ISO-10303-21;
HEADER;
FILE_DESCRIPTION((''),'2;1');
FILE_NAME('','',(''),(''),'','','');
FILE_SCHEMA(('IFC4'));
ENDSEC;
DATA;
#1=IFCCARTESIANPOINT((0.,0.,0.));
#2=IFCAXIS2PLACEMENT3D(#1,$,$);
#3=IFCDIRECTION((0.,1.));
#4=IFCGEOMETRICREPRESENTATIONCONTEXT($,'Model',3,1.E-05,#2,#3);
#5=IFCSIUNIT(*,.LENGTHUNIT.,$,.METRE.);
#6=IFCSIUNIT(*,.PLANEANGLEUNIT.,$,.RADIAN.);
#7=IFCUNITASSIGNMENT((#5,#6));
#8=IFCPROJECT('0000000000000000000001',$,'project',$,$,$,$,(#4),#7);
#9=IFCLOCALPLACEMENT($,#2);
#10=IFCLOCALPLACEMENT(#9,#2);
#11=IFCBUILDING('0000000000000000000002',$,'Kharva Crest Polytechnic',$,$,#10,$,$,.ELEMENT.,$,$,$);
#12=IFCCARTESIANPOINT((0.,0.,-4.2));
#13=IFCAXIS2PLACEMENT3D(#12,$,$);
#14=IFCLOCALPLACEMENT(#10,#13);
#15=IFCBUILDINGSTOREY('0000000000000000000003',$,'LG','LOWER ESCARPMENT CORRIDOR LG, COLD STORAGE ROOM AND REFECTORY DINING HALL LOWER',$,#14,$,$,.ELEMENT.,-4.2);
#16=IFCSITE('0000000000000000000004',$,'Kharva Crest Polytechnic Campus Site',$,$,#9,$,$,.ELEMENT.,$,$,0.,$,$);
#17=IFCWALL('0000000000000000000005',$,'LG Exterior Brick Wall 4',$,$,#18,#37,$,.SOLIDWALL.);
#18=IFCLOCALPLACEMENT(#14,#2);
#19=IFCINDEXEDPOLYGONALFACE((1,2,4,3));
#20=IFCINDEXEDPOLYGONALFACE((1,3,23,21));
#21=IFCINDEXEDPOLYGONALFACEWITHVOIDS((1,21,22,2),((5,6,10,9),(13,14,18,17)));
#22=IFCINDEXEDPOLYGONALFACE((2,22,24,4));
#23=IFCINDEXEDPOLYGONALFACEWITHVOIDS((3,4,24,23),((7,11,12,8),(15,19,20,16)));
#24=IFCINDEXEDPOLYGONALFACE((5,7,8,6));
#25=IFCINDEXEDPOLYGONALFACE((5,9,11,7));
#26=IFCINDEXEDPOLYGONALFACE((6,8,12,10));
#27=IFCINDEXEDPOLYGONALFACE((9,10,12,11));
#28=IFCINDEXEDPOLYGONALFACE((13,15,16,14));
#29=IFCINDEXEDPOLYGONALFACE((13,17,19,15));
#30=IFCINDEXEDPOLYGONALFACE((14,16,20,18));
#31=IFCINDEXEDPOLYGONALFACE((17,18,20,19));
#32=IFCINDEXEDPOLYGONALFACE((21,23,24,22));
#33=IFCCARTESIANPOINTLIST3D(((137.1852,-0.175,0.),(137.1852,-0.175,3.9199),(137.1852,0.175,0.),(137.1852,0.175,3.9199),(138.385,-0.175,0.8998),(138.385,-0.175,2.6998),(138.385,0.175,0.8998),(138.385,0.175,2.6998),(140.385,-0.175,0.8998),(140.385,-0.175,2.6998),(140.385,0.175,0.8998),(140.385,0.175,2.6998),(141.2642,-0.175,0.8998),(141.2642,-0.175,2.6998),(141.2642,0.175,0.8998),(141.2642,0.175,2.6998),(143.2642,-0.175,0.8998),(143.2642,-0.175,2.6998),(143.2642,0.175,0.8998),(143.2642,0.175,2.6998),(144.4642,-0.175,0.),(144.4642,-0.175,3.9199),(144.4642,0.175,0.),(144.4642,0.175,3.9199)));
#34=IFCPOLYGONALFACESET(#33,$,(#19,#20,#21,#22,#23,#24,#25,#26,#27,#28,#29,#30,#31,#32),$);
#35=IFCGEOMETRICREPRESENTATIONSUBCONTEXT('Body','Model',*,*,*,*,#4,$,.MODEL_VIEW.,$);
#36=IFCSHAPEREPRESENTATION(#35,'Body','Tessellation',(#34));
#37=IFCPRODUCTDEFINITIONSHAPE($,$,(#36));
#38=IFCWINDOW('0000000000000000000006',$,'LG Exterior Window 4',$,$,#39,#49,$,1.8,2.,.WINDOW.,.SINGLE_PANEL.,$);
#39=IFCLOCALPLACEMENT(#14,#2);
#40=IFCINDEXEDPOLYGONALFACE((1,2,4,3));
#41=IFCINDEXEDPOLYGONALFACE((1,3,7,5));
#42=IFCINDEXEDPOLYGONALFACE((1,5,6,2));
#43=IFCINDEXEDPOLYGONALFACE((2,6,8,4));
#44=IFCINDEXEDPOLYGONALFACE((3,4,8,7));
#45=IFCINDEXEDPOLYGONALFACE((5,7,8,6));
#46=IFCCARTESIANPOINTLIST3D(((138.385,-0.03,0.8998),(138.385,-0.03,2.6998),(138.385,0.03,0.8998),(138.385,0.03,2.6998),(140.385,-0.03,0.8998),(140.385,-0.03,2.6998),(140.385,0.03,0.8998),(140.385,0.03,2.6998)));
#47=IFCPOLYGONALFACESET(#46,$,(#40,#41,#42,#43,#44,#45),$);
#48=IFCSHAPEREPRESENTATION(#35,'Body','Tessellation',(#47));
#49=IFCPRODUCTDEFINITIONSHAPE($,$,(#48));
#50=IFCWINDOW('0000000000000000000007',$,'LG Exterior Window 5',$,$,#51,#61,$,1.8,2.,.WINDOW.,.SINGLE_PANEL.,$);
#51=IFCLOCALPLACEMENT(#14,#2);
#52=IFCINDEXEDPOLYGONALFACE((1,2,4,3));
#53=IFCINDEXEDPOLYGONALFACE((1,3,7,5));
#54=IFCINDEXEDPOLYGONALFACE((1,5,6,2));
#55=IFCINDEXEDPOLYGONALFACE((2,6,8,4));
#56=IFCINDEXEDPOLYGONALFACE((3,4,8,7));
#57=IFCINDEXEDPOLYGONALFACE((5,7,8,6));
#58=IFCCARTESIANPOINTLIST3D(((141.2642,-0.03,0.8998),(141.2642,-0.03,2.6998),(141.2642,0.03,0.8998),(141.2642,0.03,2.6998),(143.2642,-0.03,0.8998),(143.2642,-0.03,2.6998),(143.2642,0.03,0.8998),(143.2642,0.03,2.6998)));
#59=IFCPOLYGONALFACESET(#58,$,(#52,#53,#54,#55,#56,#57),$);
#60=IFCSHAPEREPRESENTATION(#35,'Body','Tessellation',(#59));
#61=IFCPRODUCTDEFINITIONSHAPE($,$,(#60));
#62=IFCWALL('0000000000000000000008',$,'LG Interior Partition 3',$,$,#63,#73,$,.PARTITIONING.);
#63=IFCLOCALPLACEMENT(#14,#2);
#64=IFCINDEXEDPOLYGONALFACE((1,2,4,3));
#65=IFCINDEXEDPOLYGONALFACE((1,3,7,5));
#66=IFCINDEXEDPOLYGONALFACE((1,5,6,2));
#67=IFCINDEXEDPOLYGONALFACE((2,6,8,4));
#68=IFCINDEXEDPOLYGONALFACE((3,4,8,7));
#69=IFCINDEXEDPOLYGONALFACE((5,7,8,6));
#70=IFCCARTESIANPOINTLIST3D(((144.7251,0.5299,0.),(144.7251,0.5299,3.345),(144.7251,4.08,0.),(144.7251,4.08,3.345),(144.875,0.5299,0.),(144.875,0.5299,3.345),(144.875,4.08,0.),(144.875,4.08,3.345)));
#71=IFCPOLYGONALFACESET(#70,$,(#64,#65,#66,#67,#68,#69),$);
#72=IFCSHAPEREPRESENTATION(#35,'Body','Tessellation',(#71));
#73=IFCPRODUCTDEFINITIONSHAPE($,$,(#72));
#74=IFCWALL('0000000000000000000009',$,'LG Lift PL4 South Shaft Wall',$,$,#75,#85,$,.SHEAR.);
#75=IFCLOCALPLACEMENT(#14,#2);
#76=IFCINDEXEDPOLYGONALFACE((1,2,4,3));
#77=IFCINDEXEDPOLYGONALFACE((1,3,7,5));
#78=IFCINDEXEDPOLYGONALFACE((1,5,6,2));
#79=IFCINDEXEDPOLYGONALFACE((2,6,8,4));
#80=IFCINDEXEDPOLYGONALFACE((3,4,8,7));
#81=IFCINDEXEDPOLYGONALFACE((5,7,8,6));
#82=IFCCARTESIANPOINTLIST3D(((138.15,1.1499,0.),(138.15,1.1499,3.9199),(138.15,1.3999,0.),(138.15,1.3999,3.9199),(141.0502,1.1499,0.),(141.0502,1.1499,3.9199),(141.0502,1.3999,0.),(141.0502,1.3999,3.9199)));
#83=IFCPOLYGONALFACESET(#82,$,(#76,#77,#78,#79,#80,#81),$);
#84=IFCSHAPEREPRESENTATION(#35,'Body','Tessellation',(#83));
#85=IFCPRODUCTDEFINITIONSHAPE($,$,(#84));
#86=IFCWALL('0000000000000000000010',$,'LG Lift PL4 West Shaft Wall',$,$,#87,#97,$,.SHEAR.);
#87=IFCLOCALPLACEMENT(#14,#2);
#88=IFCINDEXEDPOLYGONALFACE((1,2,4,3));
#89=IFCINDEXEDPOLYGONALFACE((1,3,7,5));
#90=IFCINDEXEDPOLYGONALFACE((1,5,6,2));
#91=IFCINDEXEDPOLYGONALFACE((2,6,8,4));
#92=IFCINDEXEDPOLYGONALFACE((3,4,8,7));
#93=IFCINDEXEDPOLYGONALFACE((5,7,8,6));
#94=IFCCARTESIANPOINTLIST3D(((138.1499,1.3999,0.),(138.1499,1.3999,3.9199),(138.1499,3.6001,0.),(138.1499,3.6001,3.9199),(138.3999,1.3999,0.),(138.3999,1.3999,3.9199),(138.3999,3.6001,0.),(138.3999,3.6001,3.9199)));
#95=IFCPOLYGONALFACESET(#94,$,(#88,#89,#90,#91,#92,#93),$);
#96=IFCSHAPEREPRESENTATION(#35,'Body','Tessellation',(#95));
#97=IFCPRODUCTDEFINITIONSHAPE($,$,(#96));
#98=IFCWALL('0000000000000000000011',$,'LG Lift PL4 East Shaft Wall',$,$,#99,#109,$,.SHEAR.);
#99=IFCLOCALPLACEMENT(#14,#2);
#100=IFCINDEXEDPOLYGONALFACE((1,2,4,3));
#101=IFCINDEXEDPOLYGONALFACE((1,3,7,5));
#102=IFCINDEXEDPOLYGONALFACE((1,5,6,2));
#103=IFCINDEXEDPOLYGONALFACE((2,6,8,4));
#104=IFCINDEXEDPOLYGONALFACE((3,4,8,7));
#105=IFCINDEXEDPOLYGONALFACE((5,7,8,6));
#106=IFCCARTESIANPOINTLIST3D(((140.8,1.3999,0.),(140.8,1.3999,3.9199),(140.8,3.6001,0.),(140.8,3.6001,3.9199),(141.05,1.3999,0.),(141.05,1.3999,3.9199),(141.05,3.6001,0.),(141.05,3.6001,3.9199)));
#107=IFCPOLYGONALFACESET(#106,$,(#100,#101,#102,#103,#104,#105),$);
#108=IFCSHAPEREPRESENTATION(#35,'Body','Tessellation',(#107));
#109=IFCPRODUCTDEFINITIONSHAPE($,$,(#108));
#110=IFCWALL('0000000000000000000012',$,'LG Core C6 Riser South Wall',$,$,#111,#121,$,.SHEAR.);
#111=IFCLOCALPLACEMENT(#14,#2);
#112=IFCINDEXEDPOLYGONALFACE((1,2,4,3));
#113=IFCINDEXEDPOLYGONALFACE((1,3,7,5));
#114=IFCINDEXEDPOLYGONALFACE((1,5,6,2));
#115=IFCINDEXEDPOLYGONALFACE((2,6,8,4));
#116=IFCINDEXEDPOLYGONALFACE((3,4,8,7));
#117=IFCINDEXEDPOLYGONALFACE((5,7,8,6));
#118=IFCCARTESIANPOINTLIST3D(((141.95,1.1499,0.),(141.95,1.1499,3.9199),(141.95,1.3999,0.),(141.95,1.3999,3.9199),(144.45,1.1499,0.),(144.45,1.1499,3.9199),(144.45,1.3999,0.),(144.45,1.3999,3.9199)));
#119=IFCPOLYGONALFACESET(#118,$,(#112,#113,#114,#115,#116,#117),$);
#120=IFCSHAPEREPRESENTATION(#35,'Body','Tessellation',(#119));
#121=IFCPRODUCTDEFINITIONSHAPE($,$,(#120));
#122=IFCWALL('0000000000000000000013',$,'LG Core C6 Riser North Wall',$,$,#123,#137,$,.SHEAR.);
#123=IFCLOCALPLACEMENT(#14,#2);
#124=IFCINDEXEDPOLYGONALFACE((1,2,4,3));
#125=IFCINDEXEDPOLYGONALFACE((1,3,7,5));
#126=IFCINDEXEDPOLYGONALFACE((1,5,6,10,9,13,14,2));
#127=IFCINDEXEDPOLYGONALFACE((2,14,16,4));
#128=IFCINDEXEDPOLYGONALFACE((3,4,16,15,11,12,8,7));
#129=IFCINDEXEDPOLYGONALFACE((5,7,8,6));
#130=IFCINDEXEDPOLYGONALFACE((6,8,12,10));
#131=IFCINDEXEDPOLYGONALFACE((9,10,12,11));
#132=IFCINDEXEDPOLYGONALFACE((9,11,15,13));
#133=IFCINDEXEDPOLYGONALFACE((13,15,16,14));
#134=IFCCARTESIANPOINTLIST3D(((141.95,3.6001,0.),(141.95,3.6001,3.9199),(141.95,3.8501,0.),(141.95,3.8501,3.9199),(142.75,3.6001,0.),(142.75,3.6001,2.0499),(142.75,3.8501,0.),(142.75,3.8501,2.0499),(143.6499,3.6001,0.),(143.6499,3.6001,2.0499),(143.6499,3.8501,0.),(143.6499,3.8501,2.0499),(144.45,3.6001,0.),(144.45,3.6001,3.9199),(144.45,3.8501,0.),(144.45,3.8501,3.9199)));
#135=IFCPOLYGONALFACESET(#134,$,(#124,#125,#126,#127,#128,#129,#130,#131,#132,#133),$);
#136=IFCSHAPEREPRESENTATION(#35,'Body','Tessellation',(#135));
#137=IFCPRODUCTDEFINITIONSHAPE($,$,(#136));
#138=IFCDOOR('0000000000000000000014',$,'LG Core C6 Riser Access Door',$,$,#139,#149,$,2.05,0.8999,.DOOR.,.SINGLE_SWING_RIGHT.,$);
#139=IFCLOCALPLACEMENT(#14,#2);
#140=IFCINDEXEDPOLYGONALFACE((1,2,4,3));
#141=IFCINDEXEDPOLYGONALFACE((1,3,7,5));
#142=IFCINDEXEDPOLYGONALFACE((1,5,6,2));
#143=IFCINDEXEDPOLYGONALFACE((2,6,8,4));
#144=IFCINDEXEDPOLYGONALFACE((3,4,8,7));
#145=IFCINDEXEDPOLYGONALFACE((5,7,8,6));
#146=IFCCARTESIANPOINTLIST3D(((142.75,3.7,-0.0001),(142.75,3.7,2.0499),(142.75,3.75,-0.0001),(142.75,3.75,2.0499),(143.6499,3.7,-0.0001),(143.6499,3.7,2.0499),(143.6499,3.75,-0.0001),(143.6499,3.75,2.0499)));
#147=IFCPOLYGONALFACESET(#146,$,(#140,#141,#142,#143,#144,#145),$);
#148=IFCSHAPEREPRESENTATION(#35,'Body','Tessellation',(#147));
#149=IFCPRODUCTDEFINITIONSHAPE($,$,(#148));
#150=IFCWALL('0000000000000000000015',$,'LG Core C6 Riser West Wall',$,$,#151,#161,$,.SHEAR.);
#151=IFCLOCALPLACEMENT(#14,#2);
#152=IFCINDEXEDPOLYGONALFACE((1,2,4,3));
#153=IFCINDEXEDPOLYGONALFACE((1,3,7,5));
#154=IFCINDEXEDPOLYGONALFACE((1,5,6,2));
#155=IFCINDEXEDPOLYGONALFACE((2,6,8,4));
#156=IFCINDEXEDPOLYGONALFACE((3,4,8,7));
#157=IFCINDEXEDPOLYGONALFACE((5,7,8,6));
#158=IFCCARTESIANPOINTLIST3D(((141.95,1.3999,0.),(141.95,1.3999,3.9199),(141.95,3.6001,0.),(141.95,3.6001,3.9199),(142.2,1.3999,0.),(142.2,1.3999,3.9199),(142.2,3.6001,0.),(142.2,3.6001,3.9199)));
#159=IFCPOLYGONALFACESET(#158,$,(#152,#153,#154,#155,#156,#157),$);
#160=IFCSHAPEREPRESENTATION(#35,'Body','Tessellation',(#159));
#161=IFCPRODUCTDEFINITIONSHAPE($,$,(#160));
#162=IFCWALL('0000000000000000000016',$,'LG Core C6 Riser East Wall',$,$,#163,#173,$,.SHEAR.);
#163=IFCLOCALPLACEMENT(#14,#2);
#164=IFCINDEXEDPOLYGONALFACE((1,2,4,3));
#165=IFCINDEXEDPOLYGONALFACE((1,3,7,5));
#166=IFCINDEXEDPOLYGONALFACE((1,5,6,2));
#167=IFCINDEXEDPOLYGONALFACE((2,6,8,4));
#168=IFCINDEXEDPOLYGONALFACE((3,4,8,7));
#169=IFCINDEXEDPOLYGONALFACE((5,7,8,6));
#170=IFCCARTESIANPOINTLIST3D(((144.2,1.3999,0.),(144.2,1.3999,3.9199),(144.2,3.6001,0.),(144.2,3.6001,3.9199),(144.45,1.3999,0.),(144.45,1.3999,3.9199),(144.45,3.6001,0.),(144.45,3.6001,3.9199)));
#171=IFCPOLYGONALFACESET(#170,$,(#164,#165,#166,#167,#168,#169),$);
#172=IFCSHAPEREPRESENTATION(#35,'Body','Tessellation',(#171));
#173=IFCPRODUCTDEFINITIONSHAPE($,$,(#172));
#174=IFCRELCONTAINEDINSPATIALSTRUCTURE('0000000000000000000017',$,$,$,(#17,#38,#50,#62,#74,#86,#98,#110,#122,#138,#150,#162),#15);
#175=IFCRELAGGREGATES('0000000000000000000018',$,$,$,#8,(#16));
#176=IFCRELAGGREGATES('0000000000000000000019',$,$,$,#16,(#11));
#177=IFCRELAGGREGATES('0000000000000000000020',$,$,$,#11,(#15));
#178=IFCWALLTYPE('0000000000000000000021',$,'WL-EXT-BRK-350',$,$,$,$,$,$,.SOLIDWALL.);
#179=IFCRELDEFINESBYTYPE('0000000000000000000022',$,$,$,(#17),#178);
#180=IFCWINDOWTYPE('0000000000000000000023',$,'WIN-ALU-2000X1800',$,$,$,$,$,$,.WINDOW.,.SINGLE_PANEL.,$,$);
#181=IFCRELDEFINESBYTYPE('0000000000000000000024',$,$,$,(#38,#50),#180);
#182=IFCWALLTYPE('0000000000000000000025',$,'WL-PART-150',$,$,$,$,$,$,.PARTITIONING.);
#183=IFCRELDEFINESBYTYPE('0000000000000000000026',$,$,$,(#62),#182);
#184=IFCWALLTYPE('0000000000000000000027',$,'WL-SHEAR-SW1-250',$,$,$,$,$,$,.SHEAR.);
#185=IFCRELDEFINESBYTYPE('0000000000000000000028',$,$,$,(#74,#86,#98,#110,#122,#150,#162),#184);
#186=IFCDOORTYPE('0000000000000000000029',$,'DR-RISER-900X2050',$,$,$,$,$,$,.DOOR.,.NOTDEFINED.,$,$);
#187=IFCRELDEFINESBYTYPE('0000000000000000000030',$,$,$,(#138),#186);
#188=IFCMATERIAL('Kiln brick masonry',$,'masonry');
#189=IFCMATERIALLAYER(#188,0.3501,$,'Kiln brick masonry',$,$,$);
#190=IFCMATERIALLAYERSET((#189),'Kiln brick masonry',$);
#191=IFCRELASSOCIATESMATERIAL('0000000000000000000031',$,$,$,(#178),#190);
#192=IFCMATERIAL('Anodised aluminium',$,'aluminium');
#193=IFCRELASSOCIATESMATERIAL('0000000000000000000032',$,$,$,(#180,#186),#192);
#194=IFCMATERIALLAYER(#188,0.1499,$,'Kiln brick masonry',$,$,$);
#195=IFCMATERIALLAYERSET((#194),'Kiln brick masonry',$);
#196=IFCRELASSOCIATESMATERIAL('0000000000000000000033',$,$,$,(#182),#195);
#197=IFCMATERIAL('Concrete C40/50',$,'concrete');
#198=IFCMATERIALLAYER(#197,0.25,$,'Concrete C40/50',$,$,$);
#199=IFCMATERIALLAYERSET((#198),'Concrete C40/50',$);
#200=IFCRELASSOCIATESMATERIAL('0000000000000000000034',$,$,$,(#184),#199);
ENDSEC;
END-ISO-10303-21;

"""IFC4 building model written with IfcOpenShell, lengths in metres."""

from ifc_helpers import new_model, si_unit, direction, frame, frame_2d, origin, place, context, subcontext, project, spatial, rectangle, extrude, material, layer, layer_set, type_object, element, fill, save


model = new_model("IFC4")

# Units and contexts
model_context = context("Model", 3, precision=1e-05, world=origin(), true_north=direction((0.0, 1.0)))
body_context = subcontext(model_context, "Body", "Model", "MODEL_VIEW")
ifc_project = project(units=[si_unit("LENGTHUNIT", "METRE"), si_unit("PLANEANGLEUNIT", "RADIAN")], contexts=[model_context])

# Site, building, storey
site_placement = place(None, origin())
site = spatial("IfcSite", under=ifc_project, at=site_placement, Name="Kharva Crest Polytechnic Campus Site", CompositionType="ELEMENT", RefElevation=0.0)
building_placement = place(site_placement, origin())
building = spatial("IfcBuilding", under=site, at=building_placement, Name="Kharva Crest Polytechnic", CompositionType="ELEMENT")
storey_placement = place(building_placement, frame((0.0, 0.0, -4.2)))
storey = spatial("IfcBuildingStorey", under=building, at=storey_placement, Name="LG", Description="LOWER ESCARPMENT CORRIDOR LG, COLD STORAGE ROOM AND REFECTORY DINING HALL LOWER", CompositionType="ELEMENT", Elevation=-4.2)

# Shared definitions
ifc_material_1 = material(Name="Concrete C40/50", Category="concrete")

# Wall, openings, windows
ifc_material_2 = material(Name="Kiln brick masonry", Category="masonry")
ifc_layer_1 = layer(ifc_material_2, 0.3501, Name="Kiln brick masonry")
ifc_layer_set_1 = layer_set([ifc_layer_1], Name="Kiln brick masonry")
wall_type_1 = type_object("IfcWallType", Name="WL-EXT-BRK-350", PredefinedType="SOLIDWALL", material=ifc_layer_set_1)
wall_1_placement = place(storey_placement, frame((137.1851, 0.0, 0.0), z_axis=(0.0, 0.0, 1.0), x_axis=(1.0, 0.0, 0.0)))
wall_1 = element("IfcWall", 1, at=wall_1_placement, inside=storey, type_object=wall_type_1, Name="LG Exterior Brick Wall 4", PredefinedType="SOLIDWALL", context=body_context, shape_type="SweptSolid", body=[
    extrude(rectangle(XDim=7.2791, YDim=0.3501, at=frame_2d((3.6396, 0.0))), origin(), (0.0, 0.0, 1.0), 3.9199),
])
opening_1_placement = place(wall_1_placement, frame((1.2, 0.0, 0.8999)))
opening_1 = element("IfcOpeningElement", 2, at=opening_1_placement, cuts=wall_1, PredefinedType="OPENING", context=body_context, shape_type="SweptSolid", body=[
    extrude(rectangle(XDim=2.0, YDim=1.8, at=frame_2d((1.0, 0.8999))), frame((0.0, 0.1851, 0.0), z_axis=(0.0, -1.0, 0.0), x_axis=(1.0, 0.0, 0.0)), (0.0, 0.0, 1.0), 0.3701),
])
opening_2_placement = place(wall_1_placement, frame((4.0791, 0.0, 0.8999)))
opening_2 = element("IfcOpeningElement", 3, at=opening_2_placement, cuts=wall_1, PredefinedType="OPENING", context=body_context, shape_type="SweptSolid", body=[
    extrude(rectangle(XDim=2.0, YDim=1.8, at=frame_2d((1.0, 0.8999))), frame((0.0, 0.1851, 0.0), z_axis=(0.0, -1.0, 0.0), x_axis=(1.0, 0.0, 0.0)), (0.0, 0.0, 1.0), 0.3701),
])
ifc_material_3 = material(Name="Anodised aluminium", Category="aluminium")
window_type = type_object("IfcWindowType", Name="WIN-ALU-2000X1800", PartitioningType="SINGLE_PANEL", PredefinedType="WINDOW", material=ifc_material_3)
window_1_placement = place(opening_1_placement, origin())
window_1 = element("IfcWindow", 4, at=window_1_placement, inside=storey, type_object=window_type, Name="LG Exterior Window 4", OverallHeight=1.8, OverallWidth=2.0, PartitioningType="SINGLE_PANEL", PredefinedType="WINDOW", context=body_context, shape_type="SweptSolid", body=[
    extrude(rectangle(XDim=2.0, YDim=1.8, at=frame_2d((1.0, 0.8999))), frame((0.0, 0.03, 0.0), z_axis=(0.0, -1.0, 0.0), x_axis=(1.0, 0.0, 0.0)), (0.0, 0.0, 1.0), 0.0601),
])
fill(opening_1, window_1)
window_2_placement = place(opening_2_placement, origin())
window_2 = element("IfcWindow", 5, at=window_2_placement, inside=storey, type_object=window_type, Name="LG Exterior Window 5", OverallHeight=1.8, OverallWidth=2.0, PartitioningType="SINGLE_PANEL", PredefinedType="WINDOW", context=body_context, shape_type="SweptSolid", body=[
    extrude(rectangle(XDim=2.0, YDim=1.8, at=frame_2d((1.0, 0.8999))), frame((0.0, 0.03, 0.0), z_axis=(0.0, -1.0, 0.0), x_axis=(1.0, 0.0, 0.0)), (0.0, 0.0, 1.0), 0.0601),
])
fill(opening_2, window_2)

# Walls
ifc_layer_2 = layer(ifc_material_2, 0.1499, Name="Kiln brick masonry")
ifc_layer_set_2 = layer_set([ifc_layer_2], Name="Kiln brick masonry")
wall_type_2 = type_object("IfcWallType", Name="WL-PART-150", PredefinedType="PARTITIONING", material=ifc_layer_set_2)
wall_2_placement = place(storey_placement, frame((144.8, 0.53, 0.0), z_axis=(0.0, 0.0, 1.0), x_axis=(0.0, 1.0, 0.0)))
element("IfcWall", 6, at=wall_2_placement, inside=storey, type_object=wall_type_2, Name="LG Interior Partition 3", PredefinedType="PARTITIONING", context=body_context, shape_type="SweptSolid", body=[
    extrude(rectangle(XDim=3.55, YDim=0.1499, at=frame_2d((1.7749, 0.0))), origin(), (0.0, 0.0, 1.0), 3.345),
])
ifc_layer_3 = layer(ifc_material_1, 0.25, Name="Concrete C40/50")
ifc_layer_set_3 = layer_set([ifc_layer_3], Name="Concrete C40/50")
wall_type_3 = type_object("IfcWallType", Name="WL-SHEAR-SW1-250", PredefinedType="SHEAR", material=ifc_layer_set_3)
wall_3_placement = place(storey_placement, frame((138.1499, 1.2749, 0.0), z_axis=(0.0, 0.0, 1.0), x_axis=(1.0, 0.0, 0.0)))
element("IfcWall", 7, at=wall_3_placement, inside=storey, type_object=wall_type_3, Name="LG Lift PL4 South Shaft Wall", PredefinedType="SHEAR", context=body_context, shape_type="SweptSolid", body=[
    extrude(rectangle(XDim=2.9001, YDim=0.25, at=frame_2d((1.4502, 0.0))), origin(), (0.0, 0.0, 1.0), 3.9199),
])

# Walls
for number, where, z_axis, x_axis, name in (
    (8, (138.2749, 1.3999, 0.0), (0.0, 0.0, 1.0), (0.0, 1.0, 0.0), "LG Lift PL4 West Shaft Wall"),
    (9, (140.925, 1.3999, 0.0), (0.0, 0.0, 1.0), (0.0, 1.0, 0.0), "LG Lift PL4 East Shaft Wall"),
):
    element("IfcWall", number, at=place(storey_placement, frame(where, z_axis=z_axis, x_axis=x_axis)), inside=storey, type_object=wall_type_3, Name=name, PredefinedType="SHEAR", context=body_context, shape_type="SweptSolid", body=[
        extrude(rectangle(XDim=2.2002, YDim=0.25, at=frame_2d((1.1001, 0.0))), origin(), (0.0, 0.0, 1.0), 3.9199),
    ])
wall_4_placement = place(storey_placement, frame((141.95, 1.2749, 0.0), z_axis=(0.0, 0.0, 1.0), x_axis=(1.0, 0.0, 0.0)))
element("IfcWall", 10, at=wall_4_placement, inside=storey, type_object=wall_type_3, Name="LG Core C6 Riser South Wall", PredefinedType="SHEAR", context=body_context, shape_type="SweptSolid", body=[
    extrude(rectangle(XDim=2.5, YDim=0.25, at=frame_2d((1.25, 0.0))), origin(), (0.0, 0.0, 1.0), 3.9199),
])

# Wall, opening, door
wall_5_placement = place(storey_placement, frame((141.95, 3.7251, 0.0), z_axis=(0.0, 0.0, 1.0), x_axis=(1.0, 0.0, 0.0)))
wall_5 = element("IfcWall", 11, at=wall_5_placement, inside=storey, type_object=wall_type_3, Name="LG Core C6 Riser North Wall", PredefinedType="SHEAR", context=body_context, shape_type="SweptSolid", body=[
    extrude(rectangle(XDim=2.5, YDim=0.25, at=frame_2d((1.25, 0.0))), origin(), (0.0, 0.0, 1.0), 3.9199),
])
opening_3_placement = place(wall_5_placement, frame((0.8, 0.0, 0.0)))
opening_3 = element("IfcOpeningElement", 12, at=opening_3_placement, cuts=wall_5, PredefinedType="OPENING", context=body_context, shape_type="SweptSolid", body=[
    extrude(rectangle(XDim=0.8999, YDim=2.05, at=frame_2d((0.45, 1.0249))), frame((0.0, 0.135, 0.0), z_axis=(0.0, -1.0, 0.0), x_axis=(1.0, 0.0, 0.0)), (0.0, 0.0, 1.0), 0.27),
])
door_type_1 = type_object("IfcDoorType", Name="DR-RISER-900X2050", OperationType="NOTDEFINED", PredefinedType="DOOR", material=ifc_material_3)
door_1_placement = place(opening_3_placement, origin())
door_1 = element("IfcDoor", 13, at=door_1_placement, inside=storey, type_object=door_type_1, Name="LG Core C6 Riser Access Door", OperationType="SINGLE_SWING_RIGHT", OverallHeight=2.05, OverallWidth=0.8999, PredefinedType="DOOR", context=body_context, shape_type="SweptSolid", body=[
    extrude(rectangle(XDim=0.8999, YDim=2.05, at=frame_2d((0.45, 1.0249))), frame((0.0, 0.0249, 0.0), z_axis=(0.0, -1.0, 0.0), x_axis=(1.0, 0.0, 0.0)), (0.0, 0.0, 1.0), 0.05),
])
fill(opening_3, door_1)

# Walls
for number, where, z_axis, x_axis, name in (
    (14, (142.075, 1.3999, 0.0), (0.0, 0.0, 1.0), (0.0, 1.0, 0.0), "LG Core C6 Riser West Wall"),
    (15, (144.325, 1.3999, 0.0), (0.0, 0.0, 1.0), (0.0, 1.0, 0.0), "LG Core C6 Riser East Wall"),
):
    element("IfcWall", number, at=place(storey_placement, frame(where, z_axis=z_axis, x_axis=x_axis)), inside=storey, type_object=wall_type_3, Name=name, PredefinedType="SHEAR", context=body_context, shape_type="SweptSolid", body=[
        extrude(rectangle(XDim=2.2002, YDim=0.25, at=frame_2d((1.1001, 0.0))), origin(), (0.0, 0.0, 1.0), 3.9199),
    ])

save(model, "model.ifc")
